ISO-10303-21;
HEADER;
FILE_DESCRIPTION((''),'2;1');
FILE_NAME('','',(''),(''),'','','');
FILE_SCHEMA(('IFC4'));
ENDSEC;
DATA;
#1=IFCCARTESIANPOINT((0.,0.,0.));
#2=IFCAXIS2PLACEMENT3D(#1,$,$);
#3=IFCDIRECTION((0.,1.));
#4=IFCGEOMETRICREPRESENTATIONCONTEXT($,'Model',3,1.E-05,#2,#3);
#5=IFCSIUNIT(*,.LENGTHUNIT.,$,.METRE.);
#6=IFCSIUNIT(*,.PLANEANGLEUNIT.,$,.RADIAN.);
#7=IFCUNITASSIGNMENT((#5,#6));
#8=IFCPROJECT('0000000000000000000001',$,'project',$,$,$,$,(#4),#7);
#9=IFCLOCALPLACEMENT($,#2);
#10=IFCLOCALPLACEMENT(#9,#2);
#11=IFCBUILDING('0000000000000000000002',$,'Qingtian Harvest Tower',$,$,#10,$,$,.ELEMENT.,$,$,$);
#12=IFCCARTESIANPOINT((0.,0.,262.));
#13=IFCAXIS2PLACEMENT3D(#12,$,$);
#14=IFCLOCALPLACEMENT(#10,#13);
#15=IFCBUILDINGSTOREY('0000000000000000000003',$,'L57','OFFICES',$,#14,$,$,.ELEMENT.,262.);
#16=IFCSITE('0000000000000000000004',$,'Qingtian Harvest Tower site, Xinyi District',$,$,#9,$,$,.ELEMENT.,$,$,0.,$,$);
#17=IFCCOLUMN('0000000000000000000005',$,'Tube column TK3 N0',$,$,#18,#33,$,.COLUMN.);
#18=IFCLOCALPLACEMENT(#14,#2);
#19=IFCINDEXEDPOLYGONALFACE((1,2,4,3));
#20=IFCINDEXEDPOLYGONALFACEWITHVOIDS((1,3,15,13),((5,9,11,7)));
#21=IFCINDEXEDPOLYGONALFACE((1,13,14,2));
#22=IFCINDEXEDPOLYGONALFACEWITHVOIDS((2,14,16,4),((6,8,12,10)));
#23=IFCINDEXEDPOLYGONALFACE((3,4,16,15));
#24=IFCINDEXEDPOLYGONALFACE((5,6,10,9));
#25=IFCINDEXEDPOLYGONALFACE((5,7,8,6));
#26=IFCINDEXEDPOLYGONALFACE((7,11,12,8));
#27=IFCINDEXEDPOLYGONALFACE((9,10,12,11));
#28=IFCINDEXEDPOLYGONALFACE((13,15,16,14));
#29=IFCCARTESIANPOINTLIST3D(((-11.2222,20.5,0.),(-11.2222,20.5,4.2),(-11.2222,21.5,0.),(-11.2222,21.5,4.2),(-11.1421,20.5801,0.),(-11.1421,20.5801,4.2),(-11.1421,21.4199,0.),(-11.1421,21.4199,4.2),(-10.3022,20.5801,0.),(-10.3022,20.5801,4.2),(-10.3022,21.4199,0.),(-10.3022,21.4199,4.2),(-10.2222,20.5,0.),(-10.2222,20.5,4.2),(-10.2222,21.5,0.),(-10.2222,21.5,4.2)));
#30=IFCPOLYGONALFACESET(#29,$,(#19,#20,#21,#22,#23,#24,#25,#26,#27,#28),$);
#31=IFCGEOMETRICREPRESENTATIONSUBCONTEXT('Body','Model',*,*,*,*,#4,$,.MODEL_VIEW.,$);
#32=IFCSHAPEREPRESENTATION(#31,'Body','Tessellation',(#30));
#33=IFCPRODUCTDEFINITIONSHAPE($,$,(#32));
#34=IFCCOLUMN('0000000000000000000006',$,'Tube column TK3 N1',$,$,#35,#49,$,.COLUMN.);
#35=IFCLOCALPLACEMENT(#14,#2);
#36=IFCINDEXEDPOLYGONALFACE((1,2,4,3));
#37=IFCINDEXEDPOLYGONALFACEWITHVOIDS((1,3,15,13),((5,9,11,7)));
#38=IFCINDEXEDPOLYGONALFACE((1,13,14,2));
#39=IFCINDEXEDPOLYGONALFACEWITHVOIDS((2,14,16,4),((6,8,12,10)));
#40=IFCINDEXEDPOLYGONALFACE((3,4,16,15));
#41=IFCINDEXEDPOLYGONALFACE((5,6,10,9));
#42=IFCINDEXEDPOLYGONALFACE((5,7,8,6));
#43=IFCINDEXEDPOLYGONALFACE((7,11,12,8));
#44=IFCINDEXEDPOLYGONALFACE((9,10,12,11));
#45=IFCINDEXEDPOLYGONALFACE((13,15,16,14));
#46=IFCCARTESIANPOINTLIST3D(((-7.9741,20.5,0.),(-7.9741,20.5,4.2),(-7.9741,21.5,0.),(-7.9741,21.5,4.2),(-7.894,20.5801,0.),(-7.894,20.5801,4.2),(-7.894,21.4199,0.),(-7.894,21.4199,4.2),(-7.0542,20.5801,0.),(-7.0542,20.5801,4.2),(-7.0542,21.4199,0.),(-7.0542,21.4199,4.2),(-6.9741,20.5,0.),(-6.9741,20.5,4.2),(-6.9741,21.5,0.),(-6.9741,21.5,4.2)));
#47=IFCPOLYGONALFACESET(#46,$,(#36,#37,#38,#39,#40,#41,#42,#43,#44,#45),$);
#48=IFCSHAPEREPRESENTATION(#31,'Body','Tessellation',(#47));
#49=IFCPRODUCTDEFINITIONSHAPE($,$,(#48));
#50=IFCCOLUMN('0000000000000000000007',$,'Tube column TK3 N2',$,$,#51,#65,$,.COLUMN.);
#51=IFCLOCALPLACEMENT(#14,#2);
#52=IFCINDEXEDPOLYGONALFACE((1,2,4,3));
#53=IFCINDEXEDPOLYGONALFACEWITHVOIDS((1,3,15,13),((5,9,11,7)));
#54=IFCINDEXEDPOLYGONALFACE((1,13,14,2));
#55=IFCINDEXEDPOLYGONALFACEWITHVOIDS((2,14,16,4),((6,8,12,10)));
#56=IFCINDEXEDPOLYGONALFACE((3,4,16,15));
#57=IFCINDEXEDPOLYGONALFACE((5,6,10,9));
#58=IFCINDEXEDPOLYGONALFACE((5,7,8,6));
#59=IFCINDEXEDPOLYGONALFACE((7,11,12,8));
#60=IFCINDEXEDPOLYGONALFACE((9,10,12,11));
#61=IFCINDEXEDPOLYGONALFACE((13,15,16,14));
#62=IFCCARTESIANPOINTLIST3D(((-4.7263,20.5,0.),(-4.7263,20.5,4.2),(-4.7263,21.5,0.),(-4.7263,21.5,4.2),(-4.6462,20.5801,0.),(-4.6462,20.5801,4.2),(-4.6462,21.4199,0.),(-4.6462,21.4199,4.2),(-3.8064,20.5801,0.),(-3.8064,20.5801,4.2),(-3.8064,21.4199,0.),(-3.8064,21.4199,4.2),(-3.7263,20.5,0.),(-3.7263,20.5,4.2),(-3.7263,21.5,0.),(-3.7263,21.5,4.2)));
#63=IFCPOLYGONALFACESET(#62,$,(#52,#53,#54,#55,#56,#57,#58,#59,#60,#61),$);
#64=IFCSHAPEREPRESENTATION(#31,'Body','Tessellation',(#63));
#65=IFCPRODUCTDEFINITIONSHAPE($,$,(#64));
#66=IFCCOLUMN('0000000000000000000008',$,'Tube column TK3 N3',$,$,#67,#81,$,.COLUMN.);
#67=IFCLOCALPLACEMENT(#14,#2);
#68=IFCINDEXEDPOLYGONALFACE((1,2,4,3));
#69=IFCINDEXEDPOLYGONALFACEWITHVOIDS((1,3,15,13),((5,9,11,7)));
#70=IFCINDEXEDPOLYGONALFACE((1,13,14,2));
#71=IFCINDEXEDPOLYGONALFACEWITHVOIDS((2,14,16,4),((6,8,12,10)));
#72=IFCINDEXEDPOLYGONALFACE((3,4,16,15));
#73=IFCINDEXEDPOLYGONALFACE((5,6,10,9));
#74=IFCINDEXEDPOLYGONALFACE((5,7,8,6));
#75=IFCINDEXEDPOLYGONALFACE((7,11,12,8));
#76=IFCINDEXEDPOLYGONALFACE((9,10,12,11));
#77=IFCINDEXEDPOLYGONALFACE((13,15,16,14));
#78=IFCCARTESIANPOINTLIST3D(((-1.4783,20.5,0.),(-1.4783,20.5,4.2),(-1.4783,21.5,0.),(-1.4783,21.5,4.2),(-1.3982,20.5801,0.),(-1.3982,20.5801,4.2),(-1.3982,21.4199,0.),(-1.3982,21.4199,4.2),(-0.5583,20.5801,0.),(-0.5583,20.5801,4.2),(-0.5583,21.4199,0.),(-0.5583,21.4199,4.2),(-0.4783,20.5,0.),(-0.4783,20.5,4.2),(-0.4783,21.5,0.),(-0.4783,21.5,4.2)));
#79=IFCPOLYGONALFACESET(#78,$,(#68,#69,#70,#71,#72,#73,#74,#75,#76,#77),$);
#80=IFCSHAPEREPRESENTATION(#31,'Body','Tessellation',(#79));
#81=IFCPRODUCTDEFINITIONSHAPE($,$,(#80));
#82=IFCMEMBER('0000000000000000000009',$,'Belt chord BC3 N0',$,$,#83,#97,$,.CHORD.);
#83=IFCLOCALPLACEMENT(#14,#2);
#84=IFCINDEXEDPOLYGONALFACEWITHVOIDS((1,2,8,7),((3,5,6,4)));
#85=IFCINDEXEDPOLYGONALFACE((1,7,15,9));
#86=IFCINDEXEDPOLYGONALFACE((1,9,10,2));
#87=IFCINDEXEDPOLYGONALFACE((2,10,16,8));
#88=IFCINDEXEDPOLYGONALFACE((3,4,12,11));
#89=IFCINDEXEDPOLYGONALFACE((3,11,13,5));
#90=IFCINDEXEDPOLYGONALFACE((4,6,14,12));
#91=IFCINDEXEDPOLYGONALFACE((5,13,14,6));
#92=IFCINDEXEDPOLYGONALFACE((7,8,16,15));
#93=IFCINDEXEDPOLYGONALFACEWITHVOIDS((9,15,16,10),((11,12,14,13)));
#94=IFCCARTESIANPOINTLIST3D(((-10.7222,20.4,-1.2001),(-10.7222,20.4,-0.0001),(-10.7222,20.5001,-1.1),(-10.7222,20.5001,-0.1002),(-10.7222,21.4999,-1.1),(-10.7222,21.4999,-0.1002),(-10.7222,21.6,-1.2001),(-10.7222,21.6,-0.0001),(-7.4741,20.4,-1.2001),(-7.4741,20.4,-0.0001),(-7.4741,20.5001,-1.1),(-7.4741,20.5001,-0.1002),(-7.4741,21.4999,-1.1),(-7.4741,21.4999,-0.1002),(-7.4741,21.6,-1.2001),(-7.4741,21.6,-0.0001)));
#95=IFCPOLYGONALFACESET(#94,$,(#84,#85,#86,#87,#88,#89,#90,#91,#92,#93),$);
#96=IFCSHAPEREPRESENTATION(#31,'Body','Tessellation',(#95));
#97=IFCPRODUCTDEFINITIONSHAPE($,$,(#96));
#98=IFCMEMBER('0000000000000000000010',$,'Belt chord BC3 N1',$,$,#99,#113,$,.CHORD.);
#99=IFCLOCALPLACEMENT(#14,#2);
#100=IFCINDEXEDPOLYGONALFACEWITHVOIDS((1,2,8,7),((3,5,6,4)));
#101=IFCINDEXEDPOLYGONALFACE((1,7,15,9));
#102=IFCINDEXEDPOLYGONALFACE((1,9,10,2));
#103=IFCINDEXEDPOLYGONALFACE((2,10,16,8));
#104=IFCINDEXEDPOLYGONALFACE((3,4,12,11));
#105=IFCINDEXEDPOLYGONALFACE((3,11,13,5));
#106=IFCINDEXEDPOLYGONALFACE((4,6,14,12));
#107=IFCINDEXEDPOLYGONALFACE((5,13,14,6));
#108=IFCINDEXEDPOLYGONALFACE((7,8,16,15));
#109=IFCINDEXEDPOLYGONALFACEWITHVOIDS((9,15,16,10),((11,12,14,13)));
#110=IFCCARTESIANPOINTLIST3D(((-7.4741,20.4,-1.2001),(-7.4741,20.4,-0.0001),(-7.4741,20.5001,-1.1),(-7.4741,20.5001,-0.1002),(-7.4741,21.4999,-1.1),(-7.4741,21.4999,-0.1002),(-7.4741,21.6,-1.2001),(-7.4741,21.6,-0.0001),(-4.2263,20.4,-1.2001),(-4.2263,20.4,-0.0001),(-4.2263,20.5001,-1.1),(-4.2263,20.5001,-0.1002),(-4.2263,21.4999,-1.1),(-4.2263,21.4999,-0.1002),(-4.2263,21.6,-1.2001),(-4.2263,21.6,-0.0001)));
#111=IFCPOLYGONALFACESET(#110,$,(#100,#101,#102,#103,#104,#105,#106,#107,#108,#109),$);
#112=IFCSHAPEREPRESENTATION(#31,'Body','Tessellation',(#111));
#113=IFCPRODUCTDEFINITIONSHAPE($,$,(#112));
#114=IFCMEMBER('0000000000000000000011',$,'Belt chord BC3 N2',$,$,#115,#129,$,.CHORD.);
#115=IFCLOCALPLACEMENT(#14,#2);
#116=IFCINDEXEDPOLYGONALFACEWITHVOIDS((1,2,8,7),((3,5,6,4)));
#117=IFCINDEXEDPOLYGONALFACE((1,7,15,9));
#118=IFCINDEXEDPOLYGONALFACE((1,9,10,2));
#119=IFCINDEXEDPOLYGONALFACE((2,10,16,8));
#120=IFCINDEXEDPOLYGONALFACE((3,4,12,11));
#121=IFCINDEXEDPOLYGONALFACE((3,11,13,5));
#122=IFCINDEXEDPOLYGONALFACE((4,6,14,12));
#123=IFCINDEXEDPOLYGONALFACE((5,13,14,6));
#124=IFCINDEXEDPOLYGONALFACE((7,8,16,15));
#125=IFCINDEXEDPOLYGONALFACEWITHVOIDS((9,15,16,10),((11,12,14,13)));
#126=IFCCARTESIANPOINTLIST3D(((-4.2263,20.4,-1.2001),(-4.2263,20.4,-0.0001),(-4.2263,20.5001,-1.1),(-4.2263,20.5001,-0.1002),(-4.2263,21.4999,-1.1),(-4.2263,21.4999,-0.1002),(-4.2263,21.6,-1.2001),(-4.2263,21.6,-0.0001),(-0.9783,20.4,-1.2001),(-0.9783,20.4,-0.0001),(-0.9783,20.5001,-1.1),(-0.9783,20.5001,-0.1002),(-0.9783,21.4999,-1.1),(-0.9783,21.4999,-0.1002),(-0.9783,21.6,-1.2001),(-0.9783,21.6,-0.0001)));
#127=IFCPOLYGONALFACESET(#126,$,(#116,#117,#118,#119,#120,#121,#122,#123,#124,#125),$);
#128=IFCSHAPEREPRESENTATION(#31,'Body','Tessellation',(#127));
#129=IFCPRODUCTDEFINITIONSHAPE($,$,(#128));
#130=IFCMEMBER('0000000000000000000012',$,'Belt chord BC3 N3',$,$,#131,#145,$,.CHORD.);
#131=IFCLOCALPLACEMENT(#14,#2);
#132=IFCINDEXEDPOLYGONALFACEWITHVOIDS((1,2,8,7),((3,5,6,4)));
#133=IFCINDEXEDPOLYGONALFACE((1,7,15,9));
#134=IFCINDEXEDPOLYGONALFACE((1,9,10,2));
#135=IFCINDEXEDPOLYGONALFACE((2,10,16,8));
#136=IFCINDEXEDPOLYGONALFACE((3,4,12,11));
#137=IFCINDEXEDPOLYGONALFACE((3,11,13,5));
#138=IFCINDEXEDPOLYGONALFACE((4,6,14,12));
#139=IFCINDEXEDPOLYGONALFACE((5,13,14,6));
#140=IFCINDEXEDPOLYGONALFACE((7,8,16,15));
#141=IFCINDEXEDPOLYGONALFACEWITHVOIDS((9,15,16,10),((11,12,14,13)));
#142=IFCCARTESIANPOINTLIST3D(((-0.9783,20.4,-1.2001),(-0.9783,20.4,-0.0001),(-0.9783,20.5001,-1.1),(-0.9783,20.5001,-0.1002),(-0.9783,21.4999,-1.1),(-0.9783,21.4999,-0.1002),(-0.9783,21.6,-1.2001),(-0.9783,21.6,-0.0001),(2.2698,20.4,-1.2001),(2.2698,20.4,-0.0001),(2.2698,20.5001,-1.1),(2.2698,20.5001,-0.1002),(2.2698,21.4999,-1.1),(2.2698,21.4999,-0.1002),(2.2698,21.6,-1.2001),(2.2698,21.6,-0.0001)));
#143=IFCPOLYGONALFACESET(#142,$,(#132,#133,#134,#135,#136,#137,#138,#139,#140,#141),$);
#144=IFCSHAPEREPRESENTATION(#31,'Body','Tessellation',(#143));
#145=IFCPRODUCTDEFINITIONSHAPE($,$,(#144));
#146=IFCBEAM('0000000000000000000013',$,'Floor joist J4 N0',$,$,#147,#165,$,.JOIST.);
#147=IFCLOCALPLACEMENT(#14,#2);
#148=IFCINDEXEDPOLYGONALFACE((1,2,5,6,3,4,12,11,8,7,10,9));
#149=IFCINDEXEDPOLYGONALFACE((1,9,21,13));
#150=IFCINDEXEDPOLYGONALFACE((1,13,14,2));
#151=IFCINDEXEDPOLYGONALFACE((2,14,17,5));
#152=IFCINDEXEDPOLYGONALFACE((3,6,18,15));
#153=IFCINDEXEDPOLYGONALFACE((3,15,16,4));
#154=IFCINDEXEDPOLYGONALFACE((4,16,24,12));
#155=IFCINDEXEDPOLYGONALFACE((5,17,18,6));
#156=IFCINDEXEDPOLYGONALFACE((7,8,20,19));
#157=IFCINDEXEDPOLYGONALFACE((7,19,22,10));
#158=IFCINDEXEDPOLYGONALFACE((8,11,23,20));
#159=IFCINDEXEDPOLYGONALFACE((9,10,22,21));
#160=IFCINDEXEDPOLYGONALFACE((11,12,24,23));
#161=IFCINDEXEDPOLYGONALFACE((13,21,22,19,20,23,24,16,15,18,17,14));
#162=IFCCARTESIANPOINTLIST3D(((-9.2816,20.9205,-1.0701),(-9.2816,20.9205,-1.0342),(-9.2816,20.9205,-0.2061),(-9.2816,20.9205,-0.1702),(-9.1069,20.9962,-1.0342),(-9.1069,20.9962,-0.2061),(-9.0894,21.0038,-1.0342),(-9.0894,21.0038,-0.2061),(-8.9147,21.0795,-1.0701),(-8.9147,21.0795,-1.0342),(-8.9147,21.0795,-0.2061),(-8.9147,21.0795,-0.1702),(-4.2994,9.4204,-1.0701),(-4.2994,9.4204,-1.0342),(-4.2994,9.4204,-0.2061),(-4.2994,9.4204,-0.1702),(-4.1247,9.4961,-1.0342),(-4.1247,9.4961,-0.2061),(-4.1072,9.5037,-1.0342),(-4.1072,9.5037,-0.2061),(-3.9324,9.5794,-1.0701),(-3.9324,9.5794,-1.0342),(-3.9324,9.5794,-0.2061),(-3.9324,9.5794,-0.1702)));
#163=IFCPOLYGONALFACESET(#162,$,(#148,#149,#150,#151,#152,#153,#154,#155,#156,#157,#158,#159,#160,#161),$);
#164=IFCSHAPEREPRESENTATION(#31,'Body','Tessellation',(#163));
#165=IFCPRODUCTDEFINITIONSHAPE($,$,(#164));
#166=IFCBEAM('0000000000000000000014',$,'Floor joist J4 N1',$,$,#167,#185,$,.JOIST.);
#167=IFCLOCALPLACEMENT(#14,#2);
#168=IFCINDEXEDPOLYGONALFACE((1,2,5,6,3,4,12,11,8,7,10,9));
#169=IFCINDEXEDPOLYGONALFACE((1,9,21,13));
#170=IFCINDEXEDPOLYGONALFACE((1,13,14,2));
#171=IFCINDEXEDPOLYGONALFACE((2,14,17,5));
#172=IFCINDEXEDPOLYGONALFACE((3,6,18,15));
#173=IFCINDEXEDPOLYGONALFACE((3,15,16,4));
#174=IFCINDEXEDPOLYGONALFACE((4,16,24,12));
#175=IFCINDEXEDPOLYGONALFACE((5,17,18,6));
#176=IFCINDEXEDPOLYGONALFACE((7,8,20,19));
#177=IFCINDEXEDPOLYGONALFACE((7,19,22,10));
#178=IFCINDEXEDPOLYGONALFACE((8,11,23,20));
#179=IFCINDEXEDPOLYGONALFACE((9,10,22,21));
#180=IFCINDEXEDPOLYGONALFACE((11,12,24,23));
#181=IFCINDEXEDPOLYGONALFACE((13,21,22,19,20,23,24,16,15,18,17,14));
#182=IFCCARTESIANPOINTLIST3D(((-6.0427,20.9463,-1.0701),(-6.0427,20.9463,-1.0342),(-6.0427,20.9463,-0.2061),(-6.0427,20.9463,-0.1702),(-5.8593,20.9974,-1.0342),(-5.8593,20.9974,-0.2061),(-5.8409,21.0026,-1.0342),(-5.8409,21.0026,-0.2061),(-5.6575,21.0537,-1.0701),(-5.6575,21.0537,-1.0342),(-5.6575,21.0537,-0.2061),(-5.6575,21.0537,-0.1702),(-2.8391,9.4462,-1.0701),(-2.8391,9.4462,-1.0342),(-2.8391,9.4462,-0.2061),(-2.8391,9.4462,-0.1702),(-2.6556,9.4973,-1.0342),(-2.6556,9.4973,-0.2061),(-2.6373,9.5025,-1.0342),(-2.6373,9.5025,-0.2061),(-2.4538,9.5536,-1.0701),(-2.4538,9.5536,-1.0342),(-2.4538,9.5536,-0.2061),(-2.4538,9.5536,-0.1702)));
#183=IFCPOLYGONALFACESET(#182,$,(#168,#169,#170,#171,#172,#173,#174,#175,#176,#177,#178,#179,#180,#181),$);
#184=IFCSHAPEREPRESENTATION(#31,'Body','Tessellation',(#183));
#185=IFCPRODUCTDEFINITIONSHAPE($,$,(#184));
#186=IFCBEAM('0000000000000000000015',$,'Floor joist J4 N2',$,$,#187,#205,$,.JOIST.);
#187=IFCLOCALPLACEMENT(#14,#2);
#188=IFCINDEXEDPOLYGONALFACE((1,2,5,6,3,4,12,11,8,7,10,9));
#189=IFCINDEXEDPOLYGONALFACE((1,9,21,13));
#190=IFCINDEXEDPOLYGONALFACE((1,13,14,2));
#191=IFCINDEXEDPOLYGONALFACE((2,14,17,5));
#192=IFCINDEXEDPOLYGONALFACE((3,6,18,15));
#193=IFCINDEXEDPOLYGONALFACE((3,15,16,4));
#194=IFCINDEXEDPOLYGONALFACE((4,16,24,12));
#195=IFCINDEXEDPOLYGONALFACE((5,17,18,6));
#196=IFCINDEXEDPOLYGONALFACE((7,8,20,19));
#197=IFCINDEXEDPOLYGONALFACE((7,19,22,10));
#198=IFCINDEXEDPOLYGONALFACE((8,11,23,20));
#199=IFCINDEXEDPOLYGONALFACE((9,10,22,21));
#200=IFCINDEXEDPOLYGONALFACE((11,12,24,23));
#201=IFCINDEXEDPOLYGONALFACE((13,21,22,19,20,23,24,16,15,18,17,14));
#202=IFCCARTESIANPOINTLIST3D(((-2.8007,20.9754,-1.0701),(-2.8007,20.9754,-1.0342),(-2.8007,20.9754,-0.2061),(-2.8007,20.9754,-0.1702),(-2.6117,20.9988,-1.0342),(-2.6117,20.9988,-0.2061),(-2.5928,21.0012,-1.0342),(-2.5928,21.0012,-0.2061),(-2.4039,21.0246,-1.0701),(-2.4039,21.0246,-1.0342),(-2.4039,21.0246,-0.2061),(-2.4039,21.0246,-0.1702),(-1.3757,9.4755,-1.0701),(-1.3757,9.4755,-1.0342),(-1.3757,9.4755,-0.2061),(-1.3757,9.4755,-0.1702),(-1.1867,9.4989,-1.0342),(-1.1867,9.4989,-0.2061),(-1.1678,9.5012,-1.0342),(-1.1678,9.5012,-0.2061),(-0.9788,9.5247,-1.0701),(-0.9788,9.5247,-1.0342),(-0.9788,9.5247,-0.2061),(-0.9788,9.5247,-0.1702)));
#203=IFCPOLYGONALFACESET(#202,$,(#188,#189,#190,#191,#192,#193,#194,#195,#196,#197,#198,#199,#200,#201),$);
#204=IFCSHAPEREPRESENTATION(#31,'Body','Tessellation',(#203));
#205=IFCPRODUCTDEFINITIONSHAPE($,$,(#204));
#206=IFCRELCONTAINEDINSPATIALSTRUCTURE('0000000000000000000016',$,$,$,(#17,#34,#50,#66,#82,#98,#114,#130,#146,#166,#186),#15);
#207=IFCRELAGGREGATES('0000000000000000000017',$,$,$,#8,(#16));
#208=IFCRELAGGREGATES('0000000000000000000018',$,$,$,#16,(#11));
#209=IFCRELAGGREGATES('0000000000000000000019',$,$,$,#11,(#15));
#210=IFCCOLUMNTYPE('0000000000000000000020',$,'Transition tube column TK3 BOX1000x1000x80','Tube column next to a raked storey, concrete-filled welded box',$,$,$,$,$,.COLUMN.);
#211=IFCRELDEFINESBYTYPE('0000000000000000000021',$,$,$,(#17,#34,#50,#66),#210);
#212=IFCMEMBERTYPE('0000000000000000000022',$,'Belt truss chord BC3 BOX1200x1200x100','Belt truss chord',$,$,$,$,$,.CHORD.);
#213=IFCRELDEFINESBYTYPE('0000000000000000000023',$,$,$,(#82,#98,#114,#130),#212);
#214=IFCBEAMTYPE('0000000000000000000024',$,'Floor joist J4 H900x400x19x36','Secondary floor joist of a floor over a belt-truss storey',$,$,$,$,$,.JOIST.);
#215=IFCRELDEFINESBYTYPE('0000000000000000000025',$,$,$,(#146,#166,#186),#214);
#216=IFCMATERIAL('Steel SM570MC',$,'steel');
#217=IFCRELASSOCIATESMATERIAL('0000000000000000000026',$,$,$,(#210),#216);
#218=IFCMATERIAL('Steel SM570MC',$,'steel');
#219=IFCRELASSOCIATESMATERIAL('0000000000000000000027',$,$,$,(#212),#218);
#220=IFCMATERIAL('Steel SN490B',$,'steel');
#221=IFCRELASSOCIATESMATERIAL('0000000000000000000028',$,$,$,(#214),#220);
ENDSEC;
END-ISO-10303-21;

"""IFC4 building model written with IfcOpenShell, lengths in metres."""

from ifc_helpers import new_model, si_unit, direction, frame, origin, origin_2d, place, context, subcontext, project, spatial, hollow_rectangle, i_section, extrude, material, material_profile, profile_set, type_object, element, save


model = new_model("IFC4")

# Units and contexts
model_context = context("Model", 3, precision=1e-05, world=origin(), true_north=direction((0.0, 1.0)))
body_context = subcontext(model_context, "Body", "Model", "MODEL_VIEW")
ifc_project = project(units=[si_unit("LENGTHUNIT", "METRE"), si_unit("PLANEANGLEUNIT", "RADIAN")], contexts=[model_context])

# Site, building, storey
site_placement = place(None, origin())
site = spatial("IfcSite", under=ifc_project, at=site_placement, Name="Qingtian Harvest Tower site, Xinyi District", CompositionType="ELEMENT", RefElevation=0.0)
building_placement = place(site_placement, origin())
building = spatial("IfcBuilding", under=site, at=building_placement, Name="Qingtian Harvest Tower", CompositionType="ELEMENT")
storey_placement = place(building_placement, frame((0.0, 0.0, 262.0)))
storey = spatial("IfcBuildingStorey", under=building, at=storey_placement, Name="L57", Description="OFFICES", CompositionType="ELEMENT", Elevation=262.0)

# Columns
ifc_material_1 = material(Name="Steel SM570MC", Category="steel")
ifc_material_profile_1 = material_profile(ifc_material_1, hollow_rectangle(XDim=1.0, YDim=1.0, WallThickness=0.0801, at=origin_2d()), Name="BOX1000x1000x80")
ifc_profile_set_1 = profile_set([ifc_material_profile_1], Name="Steel SM570MC")
column_type = type_object("IfcColumnType", Name="Transition tube column TK3 BOX1000x1000x80", Description="Tube column next to a raked storey, concrete-filled welded box", PredefinedType="COLUMN", material=ifc_profile_set_1)
for number, where, z_axis, x_axis, name in (
    (1, (-10.7222, 21.0, 0.0), (0.0, 0.0, 1.0), (-1.0, 0.0, 0.0), "Tube column TK3 N0"),
    (2, (-7.4741, 21.0, 0.0), (0.0, 0.0, 1.0), (-1.0, 0.0, 0.0), "Tube column TK3 N1"),
    (3, (-4.2263, 21.0, 0.0), (0.0, 0.0, 1.0), (-1.0, 0.0, 0.0), "Tube column TK3 N2"),
    (4, (-0.9783, 21.0, 0.0), (0.0, 0.0, 1.0), (-1.0, 0.0, 0.0), "Tube column TK3 N3"),
):
    element("IfcColumn", number, at=place(storey_placement, frame(where, z_axis=z_axis, x_axis=x_axis)), inside=storey, type_object=column_type, Name=name, PredefinedType="COLUMN", context=body_context, shape_type="SweptSolid", body=[
        extrude(hollow_rectangle(XDim=1.0, YDim=1.0, WallThickness=0.0801, at=origin_2d()), origin(), (0.0, 0.0, 1.0), 4.2),
    ])

# Members
ifc_material_2 = material(Name="Steel SM570MC", Category="steel")
ifc_material_profile_2 = material_profile(ifc_material_2, hollow_rectangle(XDim=1.2, YDim=1.2, WallThickness=0.1001, at=origin_2d()), Name="BOX1200x1200x100")
ifc_profile_set_2 = profile_set([ifc_material_profile_2], Name="Steel SM570MC")
member_type_1 = type_object("IfcMemberType", Name="Belt truss chord BC3 BOX1200x1200x100", Description="Belt truss chord", PredefinedType="CHORD", material=ifc_profile_set_2)
member_1_placement = place(storey_placement, frame((-10.7222, 21.0, -0.6001), z_axis=(1.0, 0.0, 0.0), x_axis=(0.0, 1.0, 0.0)))
element("IfcMember", 5, at=member_1_placement, inside=storey, type_object=member_type_1, Name="Belt chord BC3 N0", PredefinedType="CHORD", context=body_context, shape_type="SweptSolid", body=[
    extrude(hollow_rectangle(XDim=1.2, YDim=1.2, WallThickness=0.1001, at=origin_2d()), origin(), (0.0, 0.0, 1.0), 3.248),
])
member_2_placement = place(storey_placement, frame((-7.4741, 21.0, -0.6001), z_axis=(1.0, 0.0, 0.0), x_axis=(0.0, 1.0, 0.0)))
element("IfcMember", 6, at=member_2_placement, inside=storey, type_object=member_type_1, Name="Belt chord BC3 N1", PredefinedType="CHORD", context=body_context, shape_type="SweptSolid", body=[
    extrude(hollow_rectangle(XDim=1.2, YDim=1.2, WallThickness=0.1001, at=origin_2d()), origin(), (0.0, 0.0, 1.0), 3.2478),
])
for number, where, z_axis, x_axis, name in (
    (7, (-4.2263, 21.0, -0.6001), (1.0, 0.0, 0.0), (0.0, 1.0, 0.0), "Belt chord BC3 N2"),
    (8, (-0.9783, 21.0, -0.6001), (1.0, 0.0, 0.0), (0.0, 1.0, 0.0), "Belt chord BC3 N3"),
):
    element("IfcMember", number, at=place(storey_placement, frame(where, z_axis=z_axis, x_axis=x_axis)), inside=storey, type_object=member_type_1, Name=name, PredefinedType="CHORD", context=body_context, shape_type="SweptSolid", body=[
        extrude(hollow_rectangle(XDim=1.2, YDim=1.2, WallThickness=0.1001, at=origin_2d()), origin(), (0.0, 0.0, 1.0), 3.248),
    ])

# Beams
ifc_material_3 = material(Name="Steel SN490B", Category="steel")
ifc_material_profile_3 = material_profile(ifc_material_3, i_section(OverallWidth=0.3999, OverallDepth=0.8999, WebThickness=0.019, FlangeThickness=0.0359, at=origin_2d()), Name="H900x400x19x36")
ifc_profile_set_3 = profile_set([ifc_material_profile_3], Name="Steel SN490B")
beam_type_1 = type_object("IfcBeamType", Name="Floor joist J4 H900x400x19x36", Description="Secondary floor joist of a floor over a belt-truss storey", PredefinedType="JOIST", material=ifc_profile_set_3)
beam_1_placement = place(storey_placement, frame((-9.0981, 21.0, -0.6201), z_axis=(0.39753, -0.917589, 0.0), x_axis=(0.917589, 0.39753, 0.0)))
element("IfcBeam", 9, at=beam_1_placement, inside=storey, type_object=beam_type_1, Name="Floor joist J4 N0", PredefinedType="JOIST", context=body_context, shape_type="SweptSolid", body=[
    extrude(i_section(OverallWidth=0.3999, OverallDepth=0.8999, WebThickness=0.019, FlangeThickness=0.0359, at=origin_2d()), origin(), (0.0, 0.0, 1.0), 12.533),
])
beam_2_placement = place(storey_placement, frame((-5.8501, 21.0, -0.6201), z_axis=(0.268357, -0.96332, 0.0), x_axis=(0.96332, 0.268357, 0.0)))
element("IfcBeam", 10, at=beam_2_placement, inside=storey, type_object=beam_type_1, Name="Floor joist J4 N1", PredefinedType="JOIST", context=body_context, shape_type="SweptSolid", body=[
    extrude(i_section(OverallWidth=0.3999, OverallDepth=0.8999, WebThickness=0.019, FlangeThickness=0.0359, at=origin_2d()), origin(), (0.0, 0.0, 1.0), 11.938),
])
beam_3_placement = place(storey_placement, frame((-2.6023, 21.0, -0.6201), z_axis=(0.122977, -0.99241, 0.0), x_axis=(0.99241, 0.122977, 0.0)))
element("IfcBeam", 11, at=beam_3_placement, inside=storey, type_object=beam_type_1, Name="Floor joist J4 N2", PredefinedType="JOIST", context=body_context, shape_type="SweptSolid", body=[
    extrude(i_section(OverallWidth=0.3999, OverallDepth=0.8999, WebThickness=0.019, FlangeThickness=0.0359, at=origin_2d()), origin(), (0.0, 0.0, 1.0), 11.5879),
])

save(model, "model.ifc")
